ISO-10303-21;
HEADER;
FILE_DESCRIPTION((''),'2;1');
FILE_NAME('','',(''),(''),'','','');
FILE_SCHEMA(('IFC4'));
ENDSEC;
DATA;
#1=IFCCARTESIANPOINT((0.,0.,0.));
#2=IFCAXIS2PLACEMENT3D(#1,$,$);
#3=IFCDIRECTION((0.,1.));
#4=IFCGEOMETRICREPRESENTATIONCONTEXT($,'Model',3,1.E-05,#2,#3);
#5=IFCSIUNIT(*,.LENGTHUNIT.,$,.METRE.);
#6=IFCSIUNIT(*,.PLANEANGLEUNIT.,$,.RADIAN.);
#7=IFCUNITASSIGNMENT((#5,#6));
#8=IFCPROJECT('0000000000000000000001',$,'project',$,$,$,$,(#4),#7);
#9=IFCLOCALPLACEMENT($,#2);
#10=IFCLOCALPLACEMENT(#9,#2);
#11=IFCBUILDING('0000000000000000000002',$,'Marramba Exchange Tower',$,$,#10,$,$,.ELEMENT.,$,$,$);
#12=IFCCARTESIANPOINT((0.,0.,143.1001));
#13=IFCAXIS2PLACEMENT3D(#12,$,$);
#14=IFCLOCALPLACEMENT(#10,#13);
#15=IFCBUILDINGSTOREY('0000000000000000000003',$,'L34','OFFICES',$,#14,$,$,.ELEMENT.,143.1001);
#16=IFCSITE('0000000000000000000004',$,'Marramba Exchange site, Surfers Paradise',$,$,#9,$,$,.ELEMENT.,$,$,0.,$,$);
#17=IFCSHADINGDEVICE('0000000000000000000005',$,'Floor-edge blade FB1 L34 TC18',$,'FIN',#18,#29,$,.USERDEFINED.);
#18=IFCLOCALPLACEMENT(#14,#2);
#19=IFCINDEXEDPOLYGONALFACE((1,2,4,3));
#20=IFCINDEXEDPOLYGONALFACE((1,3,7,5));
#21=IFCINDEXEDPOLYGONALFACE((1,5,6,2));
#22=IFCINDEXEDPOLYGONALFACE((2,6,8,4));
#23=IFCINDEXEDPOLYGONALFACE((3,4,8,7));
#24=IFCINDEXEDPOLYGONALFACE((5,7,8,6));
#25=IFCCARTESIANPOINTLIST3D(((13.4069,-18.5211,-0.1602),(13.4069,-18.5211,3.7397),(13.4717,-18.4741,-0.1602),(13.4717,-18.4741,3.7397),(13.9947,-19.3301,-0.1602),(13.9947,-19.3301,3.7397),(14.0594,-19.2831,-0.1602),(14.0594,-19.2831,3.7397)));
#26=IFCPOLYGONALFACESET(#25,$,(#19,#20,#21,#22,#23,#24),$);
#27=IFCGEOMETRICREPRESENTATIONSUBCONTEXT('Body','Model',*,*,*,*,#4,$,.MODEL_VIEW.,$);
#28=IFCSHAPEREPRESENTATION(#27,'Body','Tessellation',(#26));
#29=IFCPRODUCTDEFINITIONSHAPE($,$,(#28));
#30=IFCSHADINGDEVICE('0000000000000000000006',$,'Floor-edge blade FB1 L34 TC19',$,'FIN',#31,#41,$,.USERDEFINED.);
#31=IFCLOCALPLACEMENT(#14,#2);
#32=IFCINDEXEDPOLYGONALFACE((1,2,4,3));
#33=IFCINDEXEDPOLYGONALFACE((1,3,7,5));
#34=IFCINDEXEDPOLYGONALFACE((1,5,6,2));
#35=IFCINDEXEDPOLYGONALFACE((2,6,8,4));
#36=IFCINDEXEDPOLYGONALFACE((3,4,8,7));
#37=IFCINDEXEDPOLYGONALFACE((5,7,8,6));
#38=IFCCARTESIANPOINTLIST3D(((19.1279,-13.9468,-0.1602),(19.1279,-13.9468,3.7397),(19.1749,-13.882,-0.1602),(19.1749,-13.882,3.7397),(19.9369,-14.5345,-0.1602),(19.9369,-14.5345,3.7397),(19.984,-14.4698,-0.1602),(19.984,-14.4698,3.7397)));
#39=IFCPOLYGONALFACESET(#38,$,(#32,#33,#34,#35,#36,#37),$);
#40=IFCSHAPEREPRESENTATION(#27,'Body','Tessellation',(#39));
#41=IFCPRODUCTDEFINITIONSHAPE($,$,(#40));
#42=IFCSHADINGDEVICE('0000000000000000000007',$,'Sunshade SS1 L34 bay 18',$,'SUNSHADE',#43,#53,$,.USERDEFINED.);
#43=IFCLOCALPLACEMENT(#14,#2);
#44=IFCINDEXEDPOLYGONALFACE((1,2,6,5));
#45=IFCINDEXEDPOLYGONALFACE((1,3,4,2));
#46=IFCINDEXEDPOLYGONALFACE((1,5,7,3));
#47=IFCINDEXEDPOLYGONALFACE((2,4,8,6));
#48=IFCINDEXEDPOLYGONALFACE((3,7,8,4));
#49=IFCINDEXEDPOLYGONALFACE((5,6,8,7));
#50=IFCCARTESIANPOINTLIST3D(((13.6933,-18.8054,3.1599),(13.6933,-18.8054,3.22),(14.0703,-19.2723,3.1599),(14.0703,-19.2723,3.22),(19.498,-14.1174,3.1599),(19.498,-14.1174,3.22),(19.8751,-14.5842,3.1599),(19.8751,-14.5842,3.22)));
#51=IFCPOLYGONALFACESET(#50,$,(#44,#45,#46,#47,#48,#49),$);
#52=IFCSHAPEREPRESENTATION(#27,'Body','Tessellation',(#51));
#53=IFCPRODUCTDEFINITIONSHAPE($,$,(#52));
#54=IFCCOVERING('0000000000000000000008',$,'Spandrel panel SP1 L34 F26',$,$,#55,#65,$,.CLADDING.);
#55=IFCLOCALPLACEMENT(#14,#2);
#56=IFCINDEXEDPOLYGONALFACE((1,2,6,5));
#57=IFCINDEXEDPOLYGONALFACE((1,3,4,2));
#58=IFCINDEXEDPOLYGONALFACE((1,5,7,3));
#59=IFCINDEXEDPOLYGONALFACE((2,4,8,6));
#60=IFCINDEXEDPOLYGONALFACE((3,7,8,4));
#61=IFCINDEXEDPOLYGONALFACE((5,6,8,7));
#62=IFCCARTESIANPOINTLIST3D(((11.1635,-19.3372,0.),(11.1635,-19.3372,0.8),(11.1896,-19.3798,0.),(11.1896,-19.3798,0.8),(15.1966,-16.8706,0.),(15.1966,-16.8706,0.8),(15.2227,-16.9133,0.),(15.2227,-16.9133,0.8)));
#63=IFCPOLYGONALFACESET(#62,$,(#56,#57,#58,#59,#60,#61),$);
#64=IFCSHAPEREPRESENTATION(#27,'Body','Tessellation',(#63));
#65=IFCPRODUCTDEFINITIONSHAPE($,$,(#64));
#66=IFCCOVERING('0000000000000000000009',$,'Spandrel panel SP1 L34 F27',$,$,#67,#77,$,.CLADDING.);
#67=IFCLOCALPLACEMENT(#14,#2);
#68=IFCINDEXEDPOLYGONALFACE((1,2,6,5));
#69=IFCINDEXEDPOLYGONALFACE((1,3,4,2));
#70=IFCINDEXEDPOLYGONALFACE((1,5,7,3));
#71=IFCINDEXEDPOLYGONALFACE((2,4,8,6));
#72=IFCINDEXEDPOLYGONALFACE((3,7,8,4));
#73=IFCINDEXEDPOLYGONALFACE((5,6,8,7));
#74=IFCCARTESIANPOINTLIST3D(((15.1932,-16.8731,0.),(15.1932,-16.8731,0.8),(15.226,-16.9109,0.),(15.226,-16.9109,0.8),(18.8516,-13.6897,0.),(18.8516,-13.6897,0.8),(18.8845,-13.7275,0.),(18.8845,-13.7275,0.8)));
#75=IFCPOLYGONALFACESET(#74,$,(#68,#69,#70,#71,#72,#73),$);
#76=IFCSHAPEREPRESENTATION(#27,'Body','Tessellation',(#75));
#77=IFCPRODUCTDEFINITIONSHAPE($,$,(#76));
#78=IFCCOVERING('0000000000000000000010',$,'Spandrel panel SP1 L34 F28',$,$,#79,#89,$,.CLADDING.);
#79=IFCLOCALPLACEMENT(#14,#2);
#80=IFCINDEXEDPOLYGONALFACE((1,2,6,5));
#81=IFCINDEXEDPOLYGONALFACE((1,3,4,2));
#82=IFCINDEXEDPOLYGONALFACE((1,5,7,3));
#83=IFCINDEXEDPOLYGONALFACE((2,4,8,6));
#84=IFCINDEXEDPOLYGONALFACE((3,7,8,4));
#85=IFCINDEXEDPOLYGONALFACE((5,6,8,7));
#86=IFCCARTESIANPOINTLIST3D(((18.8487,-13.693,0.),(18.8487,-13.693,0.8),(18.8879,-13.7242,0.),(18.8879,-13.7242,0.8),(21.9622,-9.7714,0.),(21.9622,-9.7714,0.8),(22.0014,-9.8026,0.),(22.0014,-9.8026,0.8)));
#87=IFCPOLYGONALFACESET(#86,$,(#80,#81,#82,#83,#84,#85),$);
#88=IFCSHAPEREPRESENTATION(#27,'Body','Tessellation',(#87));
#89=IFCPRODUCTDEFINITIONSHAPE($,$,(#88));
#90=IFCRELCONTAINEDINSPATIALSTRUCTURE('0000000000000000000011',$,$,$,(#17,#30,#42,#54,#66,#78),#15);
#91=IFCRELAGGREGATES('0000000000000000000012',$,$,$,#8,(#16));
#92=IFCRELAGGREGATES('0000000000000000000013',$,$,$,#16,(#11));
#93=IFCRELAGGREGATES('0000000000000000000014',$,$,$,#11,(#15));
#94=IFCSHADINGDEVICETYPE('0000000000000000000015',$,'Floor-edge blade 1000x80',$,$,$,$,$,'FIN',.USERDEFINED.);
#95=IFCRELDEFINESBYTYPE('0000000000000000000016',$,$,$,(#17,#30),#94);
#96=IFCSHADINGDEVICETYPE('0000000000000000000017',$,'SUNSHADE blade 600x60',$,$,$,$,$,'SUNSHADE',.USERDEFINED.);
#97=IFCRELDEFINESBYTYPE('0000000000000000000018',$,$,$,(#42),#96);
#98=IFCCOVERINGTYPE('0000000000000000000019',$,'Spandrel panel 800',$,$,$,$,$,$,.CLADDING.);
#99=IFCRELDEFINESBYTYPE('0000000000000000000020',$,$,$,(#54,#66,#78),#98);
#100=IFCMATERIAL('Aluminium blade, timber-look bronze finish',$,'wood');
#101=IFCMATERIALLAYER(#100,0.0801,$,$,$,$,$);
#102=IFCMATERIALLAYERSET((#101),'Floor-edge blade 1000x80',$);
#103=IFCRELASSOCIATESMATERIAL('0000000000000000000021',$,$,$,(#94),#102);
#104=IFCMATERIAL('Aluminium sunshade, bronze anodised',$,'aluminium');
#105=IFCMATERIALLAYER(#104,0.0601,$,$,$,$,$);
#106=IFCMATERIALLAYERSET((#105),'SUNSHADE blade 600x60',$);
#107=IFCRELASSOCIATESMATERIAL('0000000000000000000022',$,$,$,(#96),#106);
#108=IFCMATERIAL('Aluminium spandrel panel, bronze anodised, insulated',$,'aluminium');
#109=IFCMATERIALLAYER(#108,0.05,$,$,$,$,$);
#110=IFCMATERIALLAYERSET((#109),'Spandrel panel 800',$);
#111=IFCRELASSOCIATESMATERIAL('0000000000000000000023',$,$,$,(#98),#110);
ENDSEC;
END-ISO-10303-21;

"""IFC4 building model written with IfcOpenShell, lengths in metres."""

from ifc_helpers import new_model, si_unit, direction, frame, origin, origin_2d, place, context, subcontext, project, spatial, rectangle, extrude, material, layer, layer_set, type_object, element, save


model = new_model("IFC4")

# Units and contexts
model_context = context("Model", 3, precision=1e-05, world=origin(), true_north=direction((0.0, 1.0)))
body_context = subcontext(model_context, "Body", "Model", "MODEL_VIEW")
ifc_project = project(units=[si_unit("LENGTHUNIT", "METRE"), si_unit("PLANEANGLEUNIT", "RADIAN")], contexts=[model_context])

# Site, building, storey
site_placement = place(None, origin())
site = spatial("IfcSite", under=ifc_project, at=site_placement, Name="Marramba Exchange site, Surfers Paradise", CompositionType="ELEMENT", RefElevation=0.0)
building_placement = place(site_placement, origin())
building = spatial("IfcBuilding", under=site, at=building_placement, Name="Marramba Exchange Tower", CompositionType="ELEMENT")
storey_placement = place(building_placement, frame((0.0, 0.0, 143.1001)))
storey = spatial("IfcBuildingStorey", under=building, at=storey_placement, Name="L34", Description="OFFICES", CompositionType="ELEMENT", Elevation=143.1001)

# Shading devices
ifc_material_1 = material(Name="Aluminium blade, timber-look bronze finish", Category="wood")
ifc_layer_1 = layer(ifc_material_1, 0.0801)
ifc_layer_set_1 = layer_set([ifc_layer_1], Name="Floor-edge blade 1000x80")
shading_device_type_1 = type_object("IfcShadingDeviceType", Name="Floor-edge blade 1000x80", ElementType="FIN", PredefinedType="USERDEFINED", material=ifc_layer_set_1)
for number, where, z_axis, x_axis, name in (
    (1, (13.7332, -18.9021, -0.1602), (0.0, 0.0, 1.0), (0.587785, -0.809017, 0.0), "Floor-edge blade FB1 L34 TC18"),
    (2, (19.5559, -14.2083, -0.1602), (0.0, 0.0, 1.0), (0.809017, -0.587785, 0.0), "Floor-edge blade FB1 L34 TC19"),
):
    element("IfcShadingDevice", number, at=place(storey_placement, frame(where, z_axis=z_axis, x_axis=x_axis)), inside=storey, type_object=shading_device_type_1, Name=name, ObjectType="FIN", PredefinedType="USERDEFINED", context=body_context, shape_type="SweptSolid", body=[
        extrude(rectangle(XDim=1.0, YDim=0.0801, at=origin_2d()), origin(), (0.0, 0.0, 1.0), 3.8999),
    ])
ifc_material_2 = material(Name="Aluminium sunshade, bronze anodised", Category="aluminium")
ifc_layer_2 = layer(ifc_material_2, 0.0601)
ifc_layer_set_2 = layer_set([ifc_layer_2], Name="SUNSHADE blade 600x60")
shading_device_type_2 = type_object("IfcShadingDeviceType", Name="SUNSHADE blade 600x60", ElementType="SUNSHADE", PredefinedType="USERDEFINED", material=ifc_layer_set_2)
shading_device_placement = place(storey_placement, frame((16.7842, -16.6948, 3.1599), z_axis=(0.0, 0.0, 1.0), x_axis=(0.777962, 0.628311, 0.0)))
element("IfcShadingDevice", 3, at=shading_device_placement, inside=storey, type_object=shading_device_type_2, Name="Sunshade SS1 L34 bay 18", ObjectType="SUNSHADE", PredefinedType="USERDEFINED", context=body_context, shape_type="SweptSolid", body=[
    extrude(rectangle(XDim=7.4614, YDim=0.6001, at=origin_2d()), origin(), (0.0, 0.0, 1.0), 0.0601),
])

# Coverings
ifc_material_3 = material(Name="Aluminium spandrel panel, bronze anodised, insulated", Category="aluminium")
ifc_layer_3 = layer(ifc_material_3, 0.05)
ifc_layer_set_3 = layer_set([ifc_layer_3], Name="Spandrel panel 800")
covering_type = type_object("IfcCoveringType", Name="Spandrel panel 800", PredefinedType="CLADDING", material=ifc_layer_set_3)
covering_1_placement = place(storey_placement, frame((13.1931, -18.1252, 0.0), z_axis=(0.0, 0.0, 1.0), x_axis=(0.853109, 0.521733, 0.0)))
element("IfcCovering", 4, at=covering_1_placement, inside=storey, type_object=covering_type, Name="Spandrel panel SP1 L34 F26", PredefinedType="CLADDING", context=body_context, shape_type="SweptSolid", body=[
    extrude(rectangle(XDim=4.7275, YDim=0.05, at=origin_2d()), origin(), (0.0, 0.0, 1.0), 0.8),
])
covering_2_placement = place(storey_placement, frame((17.0388, -15.3003, 0.0), z_axis=(0.0, 0.0, 1.0), x_axis=(0.754386, 0.656432, 0.0)))
element("IfcCovering", 5, at=covering_2_placement, inside=storey, type_object=covering_type, Name="Spandrel panel SP1 L34 F27", PredefinedType="CLADDING", context=body_context, shape_type="SweptSolid", body=[
    extrude(rectangle(XDim=4.8496, YDim=0.05, at=origin_2d()), origin(), (0.0, 0.0, 1.0), 0.8),
])
covering_3_placement = place(storey_placement, frame((20.425, -11.7478, 0.0), z_axis=(0.0, 0.0, 1.0), x_axis=(0.621807, 0.78317, 0.0)))
element("IfcCovering", 6, at=covering_3_placement, inside=storey, type_object=covering_type, Name="Spandrel panel SP1 L34 F28", PredefinedType="CLADDING", context=body_context, shape_type="SweptSolid", body=[
    extrude(rectangle(XDim=5.0073, YDim=0.05, at=origin_2d()), origin(), (0.0, 0.0, 1.0), 0.8),
])

save(model, "model.ifc")
